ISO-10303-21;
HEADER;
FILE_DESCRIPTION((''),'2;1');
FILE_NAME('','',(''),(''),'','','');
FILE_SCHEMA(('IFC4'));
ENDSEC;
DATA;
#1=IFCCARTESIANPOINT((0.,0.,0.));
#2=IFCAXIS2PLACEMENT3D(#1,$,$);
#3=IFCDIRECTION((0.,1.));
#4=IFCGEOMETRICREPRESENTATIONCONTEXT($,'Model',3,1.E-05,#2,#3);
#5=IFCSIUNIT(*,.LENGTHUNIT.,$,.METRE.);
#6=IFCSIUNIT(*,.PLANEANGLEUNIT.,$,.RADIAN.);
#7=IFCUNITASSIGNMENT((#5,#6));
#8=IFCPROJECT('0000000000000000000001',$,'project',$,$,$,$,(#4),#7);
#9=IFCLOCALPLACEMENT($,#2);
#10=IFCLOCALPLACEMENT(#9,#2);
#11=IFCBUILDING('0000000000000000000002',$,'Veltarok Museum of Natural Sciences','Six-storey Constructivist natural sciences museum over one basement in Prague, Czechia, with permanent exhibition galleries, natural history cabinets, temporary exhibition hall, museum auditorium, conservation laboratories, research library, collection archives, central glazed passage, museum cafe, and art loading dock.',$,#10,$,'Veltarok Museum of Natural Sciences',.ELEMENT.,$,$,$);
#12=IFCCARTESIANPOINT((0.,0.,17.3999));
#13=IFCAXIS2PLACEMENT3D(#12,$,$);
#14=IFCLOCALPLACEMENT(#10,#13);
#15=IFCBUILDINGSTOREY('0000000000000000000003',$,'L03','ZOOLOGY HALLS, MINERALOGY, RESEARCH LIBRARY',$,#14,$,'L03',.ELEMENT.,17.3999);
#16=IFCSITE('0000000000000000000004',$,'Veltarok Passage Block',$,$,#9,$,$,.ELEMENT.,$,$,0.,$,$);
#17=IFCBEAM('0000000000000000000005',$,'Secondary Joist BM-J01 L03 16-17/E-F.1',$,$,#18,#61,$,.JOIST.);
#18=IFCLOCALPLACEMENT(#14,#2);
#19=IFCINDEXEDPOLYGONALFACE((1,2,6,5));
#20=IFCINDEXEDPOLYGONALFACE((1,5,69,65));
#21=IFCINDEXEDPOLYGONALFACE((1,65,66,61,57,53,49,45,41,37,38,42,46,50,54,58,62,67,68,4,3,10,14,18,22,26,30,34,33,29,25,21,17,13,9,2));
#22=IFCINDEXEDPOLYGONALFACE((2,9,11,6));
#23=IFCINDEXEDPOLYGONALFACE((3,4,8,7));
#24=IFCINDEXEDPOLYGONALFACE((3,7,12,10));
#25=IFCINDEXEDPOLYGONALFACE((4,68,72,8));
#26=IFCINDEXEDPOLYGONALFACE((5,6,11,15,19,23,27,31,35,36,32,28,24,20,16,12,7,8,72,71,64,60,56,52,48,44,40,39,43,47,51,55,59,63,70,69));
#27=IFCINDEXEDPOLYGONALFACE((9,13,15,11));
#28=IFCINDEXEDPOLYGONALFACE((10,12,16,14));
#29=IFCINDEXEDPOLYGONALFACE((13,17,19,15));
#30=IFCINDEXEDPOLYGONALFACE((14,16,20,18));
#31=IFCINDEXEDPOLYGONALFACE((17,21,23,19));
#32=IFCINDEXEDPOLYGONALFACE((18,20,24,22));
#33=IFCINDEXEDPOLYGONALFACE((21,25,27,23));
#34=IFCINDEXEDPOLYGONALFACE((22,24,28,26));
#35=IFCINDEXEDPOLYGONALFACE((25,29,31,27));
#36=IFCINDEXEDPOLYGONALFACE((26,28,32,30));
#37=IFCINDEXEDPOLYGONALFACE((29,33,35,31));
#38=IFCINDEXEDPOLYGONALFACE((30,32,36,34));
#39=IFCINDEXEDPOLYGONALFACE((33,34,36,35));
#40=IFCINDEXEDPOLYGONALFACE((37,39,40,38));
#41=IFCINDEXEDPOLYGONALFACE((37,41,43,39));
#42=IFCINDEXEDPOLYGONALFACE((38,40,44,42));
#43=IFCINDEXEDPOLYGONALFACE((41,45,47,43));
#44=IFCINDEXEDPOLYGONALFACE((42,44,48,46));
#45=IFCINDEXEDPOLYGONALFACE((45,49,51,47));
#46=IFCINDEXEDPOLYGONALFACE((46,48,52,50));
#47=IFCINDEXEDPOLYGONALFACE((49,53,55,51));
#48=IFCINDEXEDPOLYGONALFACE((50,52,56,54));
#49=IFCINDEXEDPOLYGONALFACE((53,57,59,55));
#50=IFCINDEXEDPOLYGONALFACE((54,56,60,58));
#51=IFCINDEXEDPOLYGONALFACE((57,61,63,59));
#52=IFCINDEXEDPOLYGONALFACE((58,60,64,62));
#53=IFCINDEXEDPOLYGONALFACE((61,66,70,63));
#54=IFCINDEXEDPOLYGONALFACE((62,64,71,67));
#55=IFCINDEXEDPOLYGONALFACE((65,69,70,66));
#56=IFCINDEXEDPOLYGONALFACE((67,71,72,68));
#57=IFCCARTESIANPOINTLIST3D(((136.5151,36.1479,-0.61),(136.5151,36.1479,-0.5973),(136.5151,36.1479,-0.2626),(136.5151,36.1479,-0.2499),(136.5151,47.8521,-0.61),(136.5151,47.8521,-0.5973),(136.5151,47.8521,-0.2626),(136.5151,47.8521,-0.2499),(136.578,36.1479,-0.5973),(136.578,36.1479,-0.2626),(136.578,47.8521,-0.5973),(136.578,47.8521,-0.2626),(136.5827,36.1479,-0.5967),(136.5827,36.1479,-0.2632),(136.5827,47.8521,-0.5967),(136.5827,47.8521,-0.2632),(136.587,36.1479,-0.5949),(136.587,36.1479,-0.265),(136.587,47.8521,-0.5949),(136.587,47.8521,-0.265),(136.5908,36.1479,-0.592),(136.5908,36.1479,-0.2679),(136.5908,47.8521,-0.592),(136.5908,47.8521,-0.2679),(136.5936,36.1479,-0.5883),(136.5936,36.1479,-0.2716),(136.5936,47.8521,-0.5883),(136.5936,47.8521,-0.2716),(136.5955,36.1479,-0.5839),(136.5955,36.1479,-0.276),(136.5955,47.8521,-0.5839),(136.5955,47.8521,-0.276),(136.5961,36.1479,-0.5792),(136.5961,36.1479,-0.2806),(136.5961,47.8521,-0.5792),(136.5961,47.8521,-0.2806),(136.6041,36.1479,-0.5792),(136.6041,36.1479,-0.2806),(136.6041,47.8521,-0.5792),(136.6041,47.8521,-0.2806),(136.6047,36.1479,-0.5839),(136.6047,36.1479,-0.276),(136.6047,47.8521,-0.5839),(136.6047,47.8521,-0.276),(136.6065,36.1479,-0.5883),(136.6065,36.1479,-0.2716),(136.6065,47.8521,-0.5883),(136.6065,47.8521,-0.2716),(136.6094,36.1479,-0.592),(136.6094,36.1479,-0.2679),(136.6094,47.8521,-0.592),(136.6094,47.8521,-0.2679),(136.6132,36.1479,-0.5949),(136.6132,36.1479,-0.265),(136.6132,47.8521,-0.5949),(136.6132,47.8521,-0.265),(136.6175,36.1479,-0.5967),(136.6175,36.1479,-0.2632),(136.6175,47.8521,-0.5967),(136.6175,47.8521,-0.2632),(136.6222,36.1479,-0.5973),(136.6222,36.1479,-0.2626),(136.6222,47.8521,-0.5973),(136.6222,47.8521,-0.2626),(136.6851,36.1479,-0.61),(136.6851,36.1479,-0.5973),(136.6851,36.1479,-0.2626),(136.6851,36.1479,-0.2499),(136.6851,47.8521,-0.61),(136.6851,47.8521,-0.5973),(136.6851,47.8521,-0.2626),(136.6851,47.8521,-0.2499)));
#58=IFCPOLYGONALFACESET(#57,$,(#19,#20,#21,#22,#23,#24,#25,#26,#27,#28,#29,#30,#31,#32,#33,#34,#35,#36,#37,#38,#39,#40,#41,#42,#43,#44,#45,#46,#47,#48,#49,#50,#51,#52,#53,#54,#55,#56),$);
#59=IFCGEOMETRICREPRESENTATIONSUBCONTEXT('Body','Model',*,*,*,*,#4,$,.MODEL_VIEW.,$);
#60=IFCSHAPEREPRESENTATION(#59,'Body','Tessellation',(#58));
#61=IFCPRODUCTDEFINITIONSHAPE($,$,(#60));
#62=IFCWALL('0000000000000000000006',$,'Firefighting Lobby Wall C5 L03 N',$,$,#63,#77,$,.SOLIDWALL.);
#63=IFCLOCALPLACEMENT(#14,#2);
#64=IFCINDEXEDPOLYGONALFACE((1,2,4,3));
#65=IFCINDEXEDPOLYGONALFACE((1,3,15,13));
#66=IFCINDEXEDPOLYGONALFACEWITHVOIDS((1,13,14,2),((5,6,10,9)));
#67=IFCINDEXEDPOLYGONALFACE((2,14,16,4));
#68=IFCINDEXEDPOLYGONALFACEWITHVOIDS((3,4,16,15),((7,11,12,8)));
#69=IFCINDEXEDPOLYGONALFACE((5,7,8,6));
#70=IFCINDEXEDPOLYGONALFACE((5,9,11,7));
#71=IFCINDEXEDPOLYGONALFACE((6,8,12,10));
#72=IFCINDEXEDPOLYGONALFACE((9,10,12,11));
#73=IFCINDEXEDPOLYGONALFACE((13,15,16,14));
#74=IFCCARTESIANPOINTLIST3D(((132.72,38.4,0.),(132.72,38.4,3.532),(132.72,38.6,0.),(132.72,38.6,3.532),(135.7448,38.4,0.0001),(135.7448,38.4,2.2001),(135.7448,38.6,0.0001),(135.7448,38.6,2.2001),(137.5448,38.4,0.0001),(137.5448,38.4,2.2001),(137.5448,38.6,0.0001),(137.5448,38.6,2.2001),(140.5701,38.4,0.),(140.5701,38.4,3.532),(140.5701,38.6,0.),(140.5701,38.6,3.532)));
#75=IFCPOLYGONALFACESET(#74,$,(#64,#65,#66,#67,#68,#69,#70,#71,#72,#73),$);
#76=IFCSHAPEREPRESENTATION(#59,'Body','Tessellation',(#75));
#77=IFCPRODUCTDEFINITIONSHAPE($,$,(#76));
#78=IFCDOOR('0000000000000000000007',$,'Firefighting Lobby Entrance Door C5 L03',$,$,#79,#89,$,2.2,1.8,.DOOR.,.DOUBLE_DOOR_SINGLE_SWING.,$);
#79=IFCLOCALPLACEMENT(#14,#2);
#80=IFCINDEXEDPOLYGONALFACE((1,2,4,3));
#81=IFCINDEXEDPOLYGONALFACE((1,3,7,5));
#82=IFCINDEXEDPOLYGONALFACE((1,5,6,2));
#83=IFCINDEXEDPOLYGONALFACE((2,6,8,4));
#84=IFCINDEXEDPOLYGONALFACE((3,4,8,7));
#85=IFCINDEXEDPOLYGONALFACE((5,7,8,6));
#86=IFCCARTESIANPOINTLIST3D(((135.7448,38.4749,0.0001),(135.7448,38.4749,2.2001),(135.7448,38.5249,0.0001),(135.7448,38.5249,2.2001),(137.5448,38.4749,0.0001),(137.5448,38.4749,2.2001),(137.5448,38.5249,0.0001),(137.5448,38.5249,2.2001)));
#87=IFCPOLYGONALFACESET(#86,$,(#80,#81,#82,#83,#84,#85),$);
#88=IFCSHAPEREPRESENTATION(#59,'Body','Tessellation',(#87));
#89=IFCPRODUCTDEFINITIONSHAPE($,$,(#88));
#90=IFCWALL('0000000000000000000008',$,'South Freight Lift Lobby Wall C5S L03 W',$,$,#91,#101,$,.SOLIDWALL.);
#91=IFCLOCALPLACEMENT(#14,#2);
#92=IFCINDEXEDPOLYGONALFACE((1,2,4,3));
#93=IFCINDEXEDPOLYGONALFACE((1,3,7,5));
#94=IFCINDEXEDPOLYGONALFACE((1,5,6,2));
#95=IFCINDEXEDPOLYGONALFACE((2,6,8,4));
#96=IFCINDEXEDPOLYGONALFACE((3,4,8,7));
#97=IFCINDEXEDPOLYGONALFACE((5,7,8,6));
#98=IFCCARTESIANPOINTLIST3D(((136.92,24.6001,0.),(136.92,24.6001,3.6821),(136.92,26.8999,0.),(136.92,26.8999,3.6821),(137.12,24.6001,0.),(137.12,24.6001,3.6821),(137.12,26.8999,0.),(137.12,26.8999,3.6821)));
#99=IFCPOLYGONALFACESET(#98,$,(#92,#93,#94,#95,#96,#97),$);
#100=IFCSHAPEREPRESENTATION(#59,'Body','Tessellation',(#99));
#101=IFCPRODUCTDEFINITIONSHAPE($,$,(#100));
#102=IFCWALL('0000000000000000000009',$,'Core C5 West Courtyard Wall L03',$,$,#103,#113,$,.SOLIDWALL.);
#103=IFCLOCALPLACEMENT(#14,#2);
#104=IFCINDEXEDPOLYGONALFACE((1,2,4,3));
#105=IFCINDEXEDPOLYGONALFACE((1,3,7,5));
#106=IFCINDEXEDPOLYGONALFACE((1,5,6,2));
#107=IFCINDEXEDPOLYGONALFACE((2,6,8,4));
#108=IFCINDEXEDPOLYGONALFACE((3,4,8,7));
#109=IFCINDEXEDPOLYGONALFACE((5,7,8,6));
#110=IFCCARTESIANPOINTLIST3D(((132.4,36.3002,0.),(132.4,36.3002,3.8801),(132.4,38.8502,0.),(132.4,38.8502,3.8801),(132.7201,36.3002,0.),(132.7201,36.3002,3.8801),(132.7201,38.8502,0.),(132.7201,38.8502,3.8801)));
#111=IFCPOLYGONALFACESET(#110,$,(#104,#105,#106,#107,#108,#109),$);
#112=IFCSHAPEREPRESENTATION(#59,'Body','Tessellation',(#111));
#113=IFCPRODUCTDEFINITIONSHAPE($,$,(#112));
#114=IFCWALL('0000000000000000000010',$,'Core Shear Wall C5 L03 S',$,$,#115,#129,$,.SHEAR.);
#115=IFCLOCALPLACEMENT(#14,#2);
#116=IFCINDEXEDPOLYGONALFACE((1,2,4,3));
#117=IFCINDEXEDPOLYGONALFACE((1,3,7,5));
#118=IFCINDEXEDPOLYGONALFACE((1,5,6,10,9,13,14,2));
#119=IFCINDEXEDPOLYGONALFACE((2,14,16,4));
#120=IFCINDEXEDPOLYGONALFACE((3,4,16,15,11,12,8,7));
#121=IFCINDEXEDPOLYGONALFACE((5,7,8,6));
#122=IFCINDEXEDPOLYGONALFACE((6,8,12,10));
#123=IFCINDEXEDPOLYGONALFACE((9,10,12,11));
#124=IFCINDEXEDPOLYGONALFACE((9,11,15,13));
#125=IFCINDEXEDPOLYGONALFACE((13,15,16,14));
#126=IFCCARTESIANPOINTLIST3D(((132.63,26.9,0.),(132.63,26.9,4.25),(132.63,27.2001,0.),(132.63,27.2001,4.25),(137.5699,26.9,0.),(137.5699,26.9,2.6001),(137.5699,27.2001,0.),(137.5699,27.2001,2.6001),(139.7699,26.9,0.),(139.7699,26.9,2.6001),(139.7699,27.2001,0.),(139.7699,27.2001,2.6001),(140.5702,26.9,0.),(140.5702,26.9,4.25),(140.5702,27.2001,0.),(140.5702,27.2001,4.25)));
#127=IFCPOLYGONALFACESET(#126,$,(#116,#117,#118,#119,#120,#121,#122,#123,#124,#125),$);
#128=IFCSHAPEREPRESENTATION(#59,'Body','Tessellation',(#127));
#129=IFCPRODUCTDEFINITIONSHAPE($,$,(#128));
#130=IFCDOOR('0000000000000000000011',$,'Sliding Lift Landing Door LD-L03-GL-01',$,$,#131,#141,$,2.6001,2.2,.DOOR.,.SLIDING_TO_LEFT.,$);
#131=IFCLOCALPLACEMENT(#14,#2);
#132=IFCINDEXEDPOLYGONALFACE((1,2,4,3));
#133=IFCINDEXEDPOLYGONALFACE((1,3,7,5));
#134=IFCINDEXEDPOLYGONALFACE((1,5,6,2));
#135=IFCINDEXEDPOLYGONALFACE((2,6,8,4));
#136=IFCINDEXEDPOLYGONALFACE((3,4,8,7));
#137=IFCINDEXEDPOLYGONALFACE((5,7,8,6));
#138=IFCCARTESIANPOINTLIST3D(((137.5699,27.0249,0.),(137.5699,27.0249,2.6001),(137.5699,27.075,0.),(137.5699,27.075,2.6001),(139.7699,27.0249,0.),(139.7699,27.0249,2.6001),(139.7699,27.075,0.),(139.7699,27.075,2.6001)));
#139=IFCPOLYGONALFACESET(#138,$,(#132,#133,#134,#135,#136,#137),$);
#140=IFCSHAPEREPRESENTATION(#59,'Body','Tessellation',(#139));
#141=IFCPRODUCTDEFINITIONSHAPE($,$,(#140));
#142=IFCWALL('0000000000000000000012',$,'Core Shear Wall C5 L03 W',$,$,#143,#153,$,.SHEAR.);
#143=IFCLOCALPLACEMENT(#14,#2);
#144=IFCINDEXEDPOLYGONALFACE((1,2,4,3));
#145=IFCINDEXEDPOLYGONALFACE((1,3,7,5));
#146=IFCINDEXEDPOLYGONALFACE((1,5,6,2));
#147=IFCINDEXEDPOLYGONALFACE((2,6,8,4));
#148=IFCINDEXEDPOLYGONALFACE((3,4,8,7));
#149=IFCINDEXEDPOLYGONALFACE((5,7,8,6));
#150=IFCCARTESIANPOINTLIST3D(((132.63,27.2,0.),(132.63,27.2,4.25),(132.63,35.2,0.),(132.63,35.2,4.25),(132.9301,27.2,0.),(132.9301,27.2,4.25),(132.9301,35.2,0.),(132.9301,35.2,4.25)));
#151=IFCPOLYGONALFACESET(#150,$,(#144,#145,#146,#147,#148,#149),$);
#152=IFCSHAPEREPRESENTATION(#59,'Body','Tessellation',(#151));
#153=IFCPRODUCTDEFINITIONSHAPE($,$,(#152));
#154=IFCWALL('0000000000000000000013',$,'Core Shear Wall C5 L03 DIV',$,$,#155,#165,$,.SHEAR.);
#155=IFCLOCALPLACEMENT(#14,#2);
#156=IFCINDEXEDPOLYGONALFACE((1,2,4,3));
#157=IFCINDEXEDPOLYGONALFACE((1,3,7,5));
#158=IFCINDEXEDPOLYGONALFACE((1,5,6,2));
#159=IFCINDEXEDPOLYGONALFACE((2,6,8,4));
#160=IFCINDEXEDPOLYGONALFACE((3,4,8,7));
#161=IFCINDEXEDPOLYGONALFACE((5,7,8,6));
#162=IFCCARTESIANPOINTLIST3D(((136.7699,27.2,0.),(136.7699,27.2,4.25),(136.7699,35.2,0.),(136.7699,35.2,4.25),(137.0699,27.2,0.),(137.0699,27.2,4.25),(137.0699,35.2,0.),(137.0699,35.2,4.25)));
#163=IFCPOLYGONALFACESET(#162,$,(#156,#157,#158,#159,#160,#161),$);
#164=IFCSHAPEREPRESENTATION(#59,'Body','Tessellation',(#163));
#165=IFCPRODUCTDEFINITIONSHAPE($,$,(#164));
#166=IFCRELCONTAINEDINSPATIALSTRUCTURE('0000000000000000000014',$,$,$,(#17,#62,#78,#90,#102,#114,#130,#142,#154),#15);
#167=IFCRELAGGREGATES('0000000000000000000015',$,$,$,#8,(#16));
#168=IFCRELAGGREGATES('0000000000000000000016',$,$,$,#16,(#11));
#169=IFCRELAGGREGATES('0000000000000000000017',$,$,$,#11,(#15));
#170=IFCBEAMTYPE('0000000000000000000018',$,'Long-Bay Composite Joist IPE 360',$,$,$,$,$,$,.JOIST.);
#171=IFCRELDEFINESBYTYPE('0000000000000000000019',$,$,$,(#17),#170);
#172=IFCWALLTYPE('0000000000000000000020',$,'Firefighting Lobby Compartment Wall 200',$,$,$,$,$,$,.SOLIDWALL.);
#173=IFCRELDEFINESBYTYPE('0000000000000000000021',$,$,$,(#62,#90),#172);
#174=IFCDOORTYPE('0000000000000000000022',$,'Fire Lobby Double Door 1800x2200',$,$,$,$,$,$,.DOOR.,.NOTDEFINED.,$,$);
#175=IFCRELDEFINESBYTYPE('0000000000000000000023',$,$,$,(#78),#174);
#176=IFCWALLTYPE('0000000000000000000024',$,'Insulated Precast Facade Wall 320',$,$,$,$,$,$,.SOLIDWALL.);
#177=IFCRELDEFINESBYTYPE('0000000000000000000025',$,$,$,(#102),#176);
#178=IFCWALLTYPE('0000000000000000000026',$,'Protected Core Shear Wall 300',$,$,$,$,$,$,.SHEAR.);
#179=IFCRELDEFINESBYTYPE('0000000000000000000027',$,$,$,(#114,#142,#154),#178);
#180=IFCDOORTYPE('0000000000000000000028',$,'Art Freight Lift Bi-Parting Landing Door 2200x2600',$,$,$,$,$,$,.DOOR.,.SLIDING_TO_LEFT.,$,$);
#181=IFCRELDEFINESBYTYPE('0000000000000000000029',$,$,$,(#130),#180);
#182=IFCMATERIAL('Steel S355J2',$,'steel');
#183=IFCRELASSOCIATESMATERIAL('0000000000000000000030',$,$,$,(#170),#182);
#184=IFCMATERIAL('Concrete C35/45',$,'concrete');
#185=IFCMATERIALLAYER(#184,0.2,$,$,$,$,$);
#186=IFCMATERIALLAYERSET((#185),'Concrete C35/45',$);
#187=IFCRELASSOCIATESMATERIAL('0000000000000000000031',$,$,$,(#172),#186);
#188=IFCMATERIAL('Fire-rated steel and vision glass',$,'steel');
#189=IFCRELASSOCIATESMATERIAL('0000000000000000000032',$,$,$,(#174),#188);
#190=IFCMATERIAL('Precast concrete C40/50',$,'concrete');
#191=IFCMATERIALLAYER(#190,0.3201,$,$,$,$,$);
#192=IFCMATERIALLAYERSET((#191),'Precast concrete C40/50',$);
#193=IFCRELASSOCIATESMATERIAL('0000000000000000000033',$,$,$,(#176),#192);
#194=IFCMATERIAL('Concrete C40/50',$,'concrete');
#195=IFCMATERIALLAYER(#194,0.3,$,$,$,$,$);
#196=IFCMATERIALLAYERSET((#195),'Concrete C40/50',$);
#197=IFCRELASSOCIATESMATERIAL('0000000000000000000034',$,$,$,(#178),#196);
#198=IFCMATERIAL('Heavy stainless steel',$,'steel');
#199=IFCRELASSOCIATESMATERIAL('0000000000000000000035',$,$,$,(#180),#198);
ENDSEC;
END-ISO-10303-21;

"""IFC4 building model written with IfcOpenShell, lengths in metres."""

from ifc_helpers import new_model, si_unit, direction, frame, frame_2d, origin, origin_2d, place, context, subcontext, project, spatial, rectangle, i_section, extrude, material, layer, layer_set, material_profile, profile_set, type_object, element, fill, save


model = new_model("IFC4")

# Units and contexts
model_context = context("Model", 3, precision=1e-05, world=origin(), true_north=direction((0.0, 1.0)))
body_context = subcontext(model_context, "Body", "Model", "MODEL_VIEW")
ifc_project = project(units=[si_unit("LENGTHUNIT", "METRE"), si_unit("PLANEANGLEUNIT", "RADIAN")], contexts=[model_context])

# Site, building, storey
site_placement = place(None, origin())
site = spatial("IfcSite", under=ifc_project, at=site_placement, Name="Veltarok Passage Block", CompositionType="ELEMENT", RefElevation=0.0)
building_placement = place(site_placement, origin())
building = spatial("IfcBuilding", under=site, at=building_placement, Name="Veltarok Museum of Natural Sciences", Description="Six-storey Constructivist natural sciences museum over one basement in Prague, Czechia, with permanent exhibition galleries, natural history cabinets, temporary exhibition hall, museum auditorium, conservation laboratories, research library, collection archives, central glazed passage, museum cafe, and art loading dock.", LongName="Veltarok Museum of Natural Sciences", CompositionType="ELEMENT")
storey_placement = place(building_placement, frame((0.0, 0.0, 17.3999)))
storey = spatial("IfcBuildingStorey", under=building, at=storey_placement, Name="L03", Description="ZOOLOGY HALLS, MINERALOGY, RESEARCH LIBRARY", LongName="L03", CompositionType="ELEMENT", Elevation=17.3999)

# Beam
ifc_material_1 = material(Name="Steel S355J2", Category="steel")
ifc_material_profile = material_profile(ifc_material_1, i_section(OverallWidth=0.1699, OverallDepth=0.3601, WebThickness=0.0081, FlangeThickness=0.0127, FilletRadius=0.0181, at=origin_2d()), Name="IPE 360")
ifc_profile_set = profile_set([ifc_material_profile], Name="Steel S355J2")
beam_type = type_object("IfcBeamType", Name="Long-Bay Composite Joist IPE 360", PredefinedType="JOIST", material=ifc_profile_set)
beam_placement = place(storey_placement, frame((136.6001, 36.1479, -0.4299), z_axis=(0.0, 1.0, 0.0), x_axis=(-1.0, 0.0, 0.0)))
element("IfcBeam", 1, at=beam_placement, inside=storey, type_object=beam_type, Name="Secondary Joist BM-J01 L03 16-17/E-F.1", PredefinedType="JOIST", context=body_context, shape_type="SweptSolid", body=[
    extrude(i_section(OverallWidth=0.1699, OverallDepth=0.3601, WebThickness=0.0081, FlangeThickness=0.0127, FilletRadius=0.0181, at=origin_2d()), origin(), (0.0, 0.0, 1.0), 11.7041),
])

# Wall, opening, door
ifc_material_2 = material(Name="Concrete C35/45", Category="concrete")
ifc_layer_1 = layer(ifc_material_2, 0.2)
ifc_layer_set_1 = layer_set([ifc_layer_1], Name="Concrete C35/45")
wall_type_1 = type_object("IfcWallType", Name="Firefighting Lobby Compartment Wall 200", PredefinedType="SOLIDWALL", material=ifc_layer_set_1)
wall_1_placement = place(storey_placement, frame((132.72, 38.5, 0.0), z_axis=(0.0, 0.0, 1.0), x_axis=(1.0, 0.0, 0.0)))
wall_1 = element("IfcWall", 2, at=wall_1_placement, inside=storey, type_object=wall_type_1, Name="Firefighting Lobby Wall C5 L03 N", PredefinedType="SOLIDWALL", context=body_context, shape_type="SweptSolid", body=[
    extrude(rectangle(XDim=7.8501, YDim=0.2, at=frame_2d((3.925, 0.0))), origin(), (0.0, 0.0, 1.0), 3.532),
])
opening_1_placement = place(wall_1_placement, frame((3.0249, 0.0, 0.0)))
opening_1 = element("IfcOpeningElement", 3, at=opening_1_placement, cuts=wall_1, PredefinedType="OPENING", context=body_context, shape_type="SweptSolid", body=[
    extrude(rectangle(XDim=1.8, YDim=2.2, at=frame_2d((0.8999, 1.1001))), frame((0.0, 0.1099, 0.0), z_axis=(0.0, -1.0, 0.0), x_axis=(1.0, 0.0, 0.0)), (0.0, 0.0, 1.0), 0.22),
])
ifc_material_3 = material(Name="Fire-rated steel and vision glass", Category="steel")
door_type_1 = type_object("IfcDoorType", Name="Fire Lobby Double Door 1800x2200", OperationType="NOTDEFINED", PredefinedType="DOOR", material=ifc_material_3)
door_1_placement = place(opening_1_placement, origin())
door_1 = element("IfcDoor", 4, at=door_1_placement, inside=storey, type_object=door_type_1, Name="Firefighting Lobby Entrance Door C5 L03", OperationType="DOUBLE_DOOR_SINGLE_SWING", OverallHeight=2.2, OverallWidth=1.8, PredefinedType="DOOR", context=body_context, shape_type="SweptSolid", body=[
    extrude(rectangle(XDim=1.8, YDim=2.2, at=frame_2d((0.8999, 1.1001))), frame((0.0, 0.0249, 0.0), z_axis=(0.0, -1.0, 0.0), x_axis=(1.0, 0.0, 0.0)), (0.0, 0.0, 1.0), 0.05),
])
fill(opening_1, door_1)

# Walls
wall_2_placement = place(storey_placement, frame((137.02, 24.6001, 0.0), z_axis=(0.0, 0.0, 1.0), x_axis=(0.0, 1.0, 0.0)))
element("IfcWall", 5, at=wall_2_placement, inside=storey, type_object=wall_type_1, Name="South Freight Lift Lobby Wall C5S L03 W", PredefinedType="SOLIDWALL", context=body_context, shape_type="SweptSolid", body=[
    extrude(rectangle(XDim=2.2998, YDim=0.2, at=frame_2d((1.1499, 0.0))), origin(), (0.0, 0.0, 1.0), 3.6821),
])
ifc_material_4 = material(Name="Precast concrete C40/50", Category="concrete")
ifc_layer_2 = layer(ifc_material_4, 0.3201)
ifc_layer_set_2 = layer_set([ifc_layer_2], Name="Precast concrete C40/50")
wall_type_2 = type_object("IfcWallType", Name="Insulated Precast Facade Wall 320", PredefinedType="SOLIDWALL", material=ifc_layer_set_2)
wall_3_placement = place(storey_placement, frame((132.5601, 38.8501, 0.0), z_axis=(0.0, 0.0, 1.0), x_axis=(0.0, -1.0, 0.0)))
element("IfcWall", 6, at=wall_3_placement, inside=storey, type_object=wall_type_2, Name="Core C5 West Courtyard Wall L03", PredefinedType="SOLIDWALL", context=body_context, shape_type="SweptSolid", body=[
    extrude(rectangle(XDim=2.55, YDim=0.3201, at=frame_2d((1.2749, 0.0))), origin(), (0.0, 0.0, 1.0), 3.8801),
])

# Wall, opening, door
ifc_material_5 = material(Name="Concrete C40/50", Category="concrete")
ifc_layer_3 = layer(ifc_material_5, 0.3)
ifc_layer_set_3 = layer_set([ifc_layer_3], Name="Concrete C40/50")
wall_type_3 = type_object("IfcWallType", Name="Protected Core Shear Wall 300", PredefinedType="SHEAR", material=ifc_layer_set_3)
wall_4_placement = place(storey_placement, frame((132.6299, 27.05, 0.0), z_axis=(0.0, 0.0, 1.0), x_axis=(1.0, 0.0, 0.0)))
wall_4 = element("IfcWall", 7, at=wall_4_placement, inside=storey, type_object=wall_type_3, Name="Core Shear Wall C5 L03 S", PredefinedType="SHEAR", context=body_context, shape_type="SweptSolid", body=[
    extrude(rectangle(XDim=7.9402, YDim=0.3, at=frame_2d((3.9702, 0.0))), origin(), (0.0, 0.0, 1.0), 4.25),
])
opening_2_placement = place(wall_4_placement, frame((4.9399, 0.0, 0.0)))
opening_2 = element("IfcOpeningElement", 8, at=opening_2_placement, cuts=wall_4, PredefinedType="OPENING", context=body_context, shape_type="SweptSolid", body=[
    extrude(rectangle(XDim=2.2, YDim=2.6001, at=frame_2d((1.1001, 1.3))), frame((0.0, 0.1602, 0.0), z_axis=(0.0, -1.0, 0.0), x_axis=(1.0, 0.0, 0.0)), (0.0, 0.0, 1.0), 0.3201),
])
ifc_material_6 = material(Name="Heavy stainless steel", Category="steel")
door_type_2 = type_object("IfcDoorType", Name="Art Freight Lift Bi-Parting Landing Door 2200x2600", OperationType="SLIDING_TO_LEFT", PredefinedType="DOOR", material=ifc_material_6)
door_2_placement = place(opening_2_placement, origin())
door_2 = element("IfcDoor", 9, at=door_2_placement, inside=storey, type_object=door_type_2, Name="Sliding Lift Landing Door LD-L03-GL-01", OperationType="SLIDING_TO_LEFT", OverallHeight=2.6001, OverallWidth=2.2, PredefinedType="DOOR", context=body_context, shape_type="SweptSolid", body=[
    extrude(rectangle(XDim=2.2, YDim=2.6001, at=frame_2d((1.1001, 1.3))), frame((0.0, 0.0249, 0.0), z_axis=(0.0, -1.0, 0.0), x_axis=(1.0, 0.0, 0.0)), (0.0, 0.0, 1.0), 0.05),
])
fill(opening_2, door_2)

# Walls
for number, where, z_axis, x_axis, name in (
    (10, (132.78, 35.2, 0.0), (0.0, 0.0, 1.0), (0.0, -1.0, 0.0), "Core Shear Wall C5 L03 W"),
    (11, (136.9199, 27.2, 0.0), (0.0, 0.0, 1.0), (0.0, 1.0, 0.0), "Core Shear Wall C5 L03 DIV"),
):
    element("IfcWall", number, at=place(storey_placement, frame(where, z_axis=z_axis, x_axis=x_axis)), inside=storey, type_object=wall_type_3, Name=name, PredefinedType="SHEAR", context=body_context, shape_type="SweptSolid", body=[
        extrude(rectangle(XDim=8.0, YDim=0.3, at=frame_2d((4.0, 0.0))), origin(), (0.0, 0.0, 1.0), 4.25),
    ])

save(model, "model.ifc")
